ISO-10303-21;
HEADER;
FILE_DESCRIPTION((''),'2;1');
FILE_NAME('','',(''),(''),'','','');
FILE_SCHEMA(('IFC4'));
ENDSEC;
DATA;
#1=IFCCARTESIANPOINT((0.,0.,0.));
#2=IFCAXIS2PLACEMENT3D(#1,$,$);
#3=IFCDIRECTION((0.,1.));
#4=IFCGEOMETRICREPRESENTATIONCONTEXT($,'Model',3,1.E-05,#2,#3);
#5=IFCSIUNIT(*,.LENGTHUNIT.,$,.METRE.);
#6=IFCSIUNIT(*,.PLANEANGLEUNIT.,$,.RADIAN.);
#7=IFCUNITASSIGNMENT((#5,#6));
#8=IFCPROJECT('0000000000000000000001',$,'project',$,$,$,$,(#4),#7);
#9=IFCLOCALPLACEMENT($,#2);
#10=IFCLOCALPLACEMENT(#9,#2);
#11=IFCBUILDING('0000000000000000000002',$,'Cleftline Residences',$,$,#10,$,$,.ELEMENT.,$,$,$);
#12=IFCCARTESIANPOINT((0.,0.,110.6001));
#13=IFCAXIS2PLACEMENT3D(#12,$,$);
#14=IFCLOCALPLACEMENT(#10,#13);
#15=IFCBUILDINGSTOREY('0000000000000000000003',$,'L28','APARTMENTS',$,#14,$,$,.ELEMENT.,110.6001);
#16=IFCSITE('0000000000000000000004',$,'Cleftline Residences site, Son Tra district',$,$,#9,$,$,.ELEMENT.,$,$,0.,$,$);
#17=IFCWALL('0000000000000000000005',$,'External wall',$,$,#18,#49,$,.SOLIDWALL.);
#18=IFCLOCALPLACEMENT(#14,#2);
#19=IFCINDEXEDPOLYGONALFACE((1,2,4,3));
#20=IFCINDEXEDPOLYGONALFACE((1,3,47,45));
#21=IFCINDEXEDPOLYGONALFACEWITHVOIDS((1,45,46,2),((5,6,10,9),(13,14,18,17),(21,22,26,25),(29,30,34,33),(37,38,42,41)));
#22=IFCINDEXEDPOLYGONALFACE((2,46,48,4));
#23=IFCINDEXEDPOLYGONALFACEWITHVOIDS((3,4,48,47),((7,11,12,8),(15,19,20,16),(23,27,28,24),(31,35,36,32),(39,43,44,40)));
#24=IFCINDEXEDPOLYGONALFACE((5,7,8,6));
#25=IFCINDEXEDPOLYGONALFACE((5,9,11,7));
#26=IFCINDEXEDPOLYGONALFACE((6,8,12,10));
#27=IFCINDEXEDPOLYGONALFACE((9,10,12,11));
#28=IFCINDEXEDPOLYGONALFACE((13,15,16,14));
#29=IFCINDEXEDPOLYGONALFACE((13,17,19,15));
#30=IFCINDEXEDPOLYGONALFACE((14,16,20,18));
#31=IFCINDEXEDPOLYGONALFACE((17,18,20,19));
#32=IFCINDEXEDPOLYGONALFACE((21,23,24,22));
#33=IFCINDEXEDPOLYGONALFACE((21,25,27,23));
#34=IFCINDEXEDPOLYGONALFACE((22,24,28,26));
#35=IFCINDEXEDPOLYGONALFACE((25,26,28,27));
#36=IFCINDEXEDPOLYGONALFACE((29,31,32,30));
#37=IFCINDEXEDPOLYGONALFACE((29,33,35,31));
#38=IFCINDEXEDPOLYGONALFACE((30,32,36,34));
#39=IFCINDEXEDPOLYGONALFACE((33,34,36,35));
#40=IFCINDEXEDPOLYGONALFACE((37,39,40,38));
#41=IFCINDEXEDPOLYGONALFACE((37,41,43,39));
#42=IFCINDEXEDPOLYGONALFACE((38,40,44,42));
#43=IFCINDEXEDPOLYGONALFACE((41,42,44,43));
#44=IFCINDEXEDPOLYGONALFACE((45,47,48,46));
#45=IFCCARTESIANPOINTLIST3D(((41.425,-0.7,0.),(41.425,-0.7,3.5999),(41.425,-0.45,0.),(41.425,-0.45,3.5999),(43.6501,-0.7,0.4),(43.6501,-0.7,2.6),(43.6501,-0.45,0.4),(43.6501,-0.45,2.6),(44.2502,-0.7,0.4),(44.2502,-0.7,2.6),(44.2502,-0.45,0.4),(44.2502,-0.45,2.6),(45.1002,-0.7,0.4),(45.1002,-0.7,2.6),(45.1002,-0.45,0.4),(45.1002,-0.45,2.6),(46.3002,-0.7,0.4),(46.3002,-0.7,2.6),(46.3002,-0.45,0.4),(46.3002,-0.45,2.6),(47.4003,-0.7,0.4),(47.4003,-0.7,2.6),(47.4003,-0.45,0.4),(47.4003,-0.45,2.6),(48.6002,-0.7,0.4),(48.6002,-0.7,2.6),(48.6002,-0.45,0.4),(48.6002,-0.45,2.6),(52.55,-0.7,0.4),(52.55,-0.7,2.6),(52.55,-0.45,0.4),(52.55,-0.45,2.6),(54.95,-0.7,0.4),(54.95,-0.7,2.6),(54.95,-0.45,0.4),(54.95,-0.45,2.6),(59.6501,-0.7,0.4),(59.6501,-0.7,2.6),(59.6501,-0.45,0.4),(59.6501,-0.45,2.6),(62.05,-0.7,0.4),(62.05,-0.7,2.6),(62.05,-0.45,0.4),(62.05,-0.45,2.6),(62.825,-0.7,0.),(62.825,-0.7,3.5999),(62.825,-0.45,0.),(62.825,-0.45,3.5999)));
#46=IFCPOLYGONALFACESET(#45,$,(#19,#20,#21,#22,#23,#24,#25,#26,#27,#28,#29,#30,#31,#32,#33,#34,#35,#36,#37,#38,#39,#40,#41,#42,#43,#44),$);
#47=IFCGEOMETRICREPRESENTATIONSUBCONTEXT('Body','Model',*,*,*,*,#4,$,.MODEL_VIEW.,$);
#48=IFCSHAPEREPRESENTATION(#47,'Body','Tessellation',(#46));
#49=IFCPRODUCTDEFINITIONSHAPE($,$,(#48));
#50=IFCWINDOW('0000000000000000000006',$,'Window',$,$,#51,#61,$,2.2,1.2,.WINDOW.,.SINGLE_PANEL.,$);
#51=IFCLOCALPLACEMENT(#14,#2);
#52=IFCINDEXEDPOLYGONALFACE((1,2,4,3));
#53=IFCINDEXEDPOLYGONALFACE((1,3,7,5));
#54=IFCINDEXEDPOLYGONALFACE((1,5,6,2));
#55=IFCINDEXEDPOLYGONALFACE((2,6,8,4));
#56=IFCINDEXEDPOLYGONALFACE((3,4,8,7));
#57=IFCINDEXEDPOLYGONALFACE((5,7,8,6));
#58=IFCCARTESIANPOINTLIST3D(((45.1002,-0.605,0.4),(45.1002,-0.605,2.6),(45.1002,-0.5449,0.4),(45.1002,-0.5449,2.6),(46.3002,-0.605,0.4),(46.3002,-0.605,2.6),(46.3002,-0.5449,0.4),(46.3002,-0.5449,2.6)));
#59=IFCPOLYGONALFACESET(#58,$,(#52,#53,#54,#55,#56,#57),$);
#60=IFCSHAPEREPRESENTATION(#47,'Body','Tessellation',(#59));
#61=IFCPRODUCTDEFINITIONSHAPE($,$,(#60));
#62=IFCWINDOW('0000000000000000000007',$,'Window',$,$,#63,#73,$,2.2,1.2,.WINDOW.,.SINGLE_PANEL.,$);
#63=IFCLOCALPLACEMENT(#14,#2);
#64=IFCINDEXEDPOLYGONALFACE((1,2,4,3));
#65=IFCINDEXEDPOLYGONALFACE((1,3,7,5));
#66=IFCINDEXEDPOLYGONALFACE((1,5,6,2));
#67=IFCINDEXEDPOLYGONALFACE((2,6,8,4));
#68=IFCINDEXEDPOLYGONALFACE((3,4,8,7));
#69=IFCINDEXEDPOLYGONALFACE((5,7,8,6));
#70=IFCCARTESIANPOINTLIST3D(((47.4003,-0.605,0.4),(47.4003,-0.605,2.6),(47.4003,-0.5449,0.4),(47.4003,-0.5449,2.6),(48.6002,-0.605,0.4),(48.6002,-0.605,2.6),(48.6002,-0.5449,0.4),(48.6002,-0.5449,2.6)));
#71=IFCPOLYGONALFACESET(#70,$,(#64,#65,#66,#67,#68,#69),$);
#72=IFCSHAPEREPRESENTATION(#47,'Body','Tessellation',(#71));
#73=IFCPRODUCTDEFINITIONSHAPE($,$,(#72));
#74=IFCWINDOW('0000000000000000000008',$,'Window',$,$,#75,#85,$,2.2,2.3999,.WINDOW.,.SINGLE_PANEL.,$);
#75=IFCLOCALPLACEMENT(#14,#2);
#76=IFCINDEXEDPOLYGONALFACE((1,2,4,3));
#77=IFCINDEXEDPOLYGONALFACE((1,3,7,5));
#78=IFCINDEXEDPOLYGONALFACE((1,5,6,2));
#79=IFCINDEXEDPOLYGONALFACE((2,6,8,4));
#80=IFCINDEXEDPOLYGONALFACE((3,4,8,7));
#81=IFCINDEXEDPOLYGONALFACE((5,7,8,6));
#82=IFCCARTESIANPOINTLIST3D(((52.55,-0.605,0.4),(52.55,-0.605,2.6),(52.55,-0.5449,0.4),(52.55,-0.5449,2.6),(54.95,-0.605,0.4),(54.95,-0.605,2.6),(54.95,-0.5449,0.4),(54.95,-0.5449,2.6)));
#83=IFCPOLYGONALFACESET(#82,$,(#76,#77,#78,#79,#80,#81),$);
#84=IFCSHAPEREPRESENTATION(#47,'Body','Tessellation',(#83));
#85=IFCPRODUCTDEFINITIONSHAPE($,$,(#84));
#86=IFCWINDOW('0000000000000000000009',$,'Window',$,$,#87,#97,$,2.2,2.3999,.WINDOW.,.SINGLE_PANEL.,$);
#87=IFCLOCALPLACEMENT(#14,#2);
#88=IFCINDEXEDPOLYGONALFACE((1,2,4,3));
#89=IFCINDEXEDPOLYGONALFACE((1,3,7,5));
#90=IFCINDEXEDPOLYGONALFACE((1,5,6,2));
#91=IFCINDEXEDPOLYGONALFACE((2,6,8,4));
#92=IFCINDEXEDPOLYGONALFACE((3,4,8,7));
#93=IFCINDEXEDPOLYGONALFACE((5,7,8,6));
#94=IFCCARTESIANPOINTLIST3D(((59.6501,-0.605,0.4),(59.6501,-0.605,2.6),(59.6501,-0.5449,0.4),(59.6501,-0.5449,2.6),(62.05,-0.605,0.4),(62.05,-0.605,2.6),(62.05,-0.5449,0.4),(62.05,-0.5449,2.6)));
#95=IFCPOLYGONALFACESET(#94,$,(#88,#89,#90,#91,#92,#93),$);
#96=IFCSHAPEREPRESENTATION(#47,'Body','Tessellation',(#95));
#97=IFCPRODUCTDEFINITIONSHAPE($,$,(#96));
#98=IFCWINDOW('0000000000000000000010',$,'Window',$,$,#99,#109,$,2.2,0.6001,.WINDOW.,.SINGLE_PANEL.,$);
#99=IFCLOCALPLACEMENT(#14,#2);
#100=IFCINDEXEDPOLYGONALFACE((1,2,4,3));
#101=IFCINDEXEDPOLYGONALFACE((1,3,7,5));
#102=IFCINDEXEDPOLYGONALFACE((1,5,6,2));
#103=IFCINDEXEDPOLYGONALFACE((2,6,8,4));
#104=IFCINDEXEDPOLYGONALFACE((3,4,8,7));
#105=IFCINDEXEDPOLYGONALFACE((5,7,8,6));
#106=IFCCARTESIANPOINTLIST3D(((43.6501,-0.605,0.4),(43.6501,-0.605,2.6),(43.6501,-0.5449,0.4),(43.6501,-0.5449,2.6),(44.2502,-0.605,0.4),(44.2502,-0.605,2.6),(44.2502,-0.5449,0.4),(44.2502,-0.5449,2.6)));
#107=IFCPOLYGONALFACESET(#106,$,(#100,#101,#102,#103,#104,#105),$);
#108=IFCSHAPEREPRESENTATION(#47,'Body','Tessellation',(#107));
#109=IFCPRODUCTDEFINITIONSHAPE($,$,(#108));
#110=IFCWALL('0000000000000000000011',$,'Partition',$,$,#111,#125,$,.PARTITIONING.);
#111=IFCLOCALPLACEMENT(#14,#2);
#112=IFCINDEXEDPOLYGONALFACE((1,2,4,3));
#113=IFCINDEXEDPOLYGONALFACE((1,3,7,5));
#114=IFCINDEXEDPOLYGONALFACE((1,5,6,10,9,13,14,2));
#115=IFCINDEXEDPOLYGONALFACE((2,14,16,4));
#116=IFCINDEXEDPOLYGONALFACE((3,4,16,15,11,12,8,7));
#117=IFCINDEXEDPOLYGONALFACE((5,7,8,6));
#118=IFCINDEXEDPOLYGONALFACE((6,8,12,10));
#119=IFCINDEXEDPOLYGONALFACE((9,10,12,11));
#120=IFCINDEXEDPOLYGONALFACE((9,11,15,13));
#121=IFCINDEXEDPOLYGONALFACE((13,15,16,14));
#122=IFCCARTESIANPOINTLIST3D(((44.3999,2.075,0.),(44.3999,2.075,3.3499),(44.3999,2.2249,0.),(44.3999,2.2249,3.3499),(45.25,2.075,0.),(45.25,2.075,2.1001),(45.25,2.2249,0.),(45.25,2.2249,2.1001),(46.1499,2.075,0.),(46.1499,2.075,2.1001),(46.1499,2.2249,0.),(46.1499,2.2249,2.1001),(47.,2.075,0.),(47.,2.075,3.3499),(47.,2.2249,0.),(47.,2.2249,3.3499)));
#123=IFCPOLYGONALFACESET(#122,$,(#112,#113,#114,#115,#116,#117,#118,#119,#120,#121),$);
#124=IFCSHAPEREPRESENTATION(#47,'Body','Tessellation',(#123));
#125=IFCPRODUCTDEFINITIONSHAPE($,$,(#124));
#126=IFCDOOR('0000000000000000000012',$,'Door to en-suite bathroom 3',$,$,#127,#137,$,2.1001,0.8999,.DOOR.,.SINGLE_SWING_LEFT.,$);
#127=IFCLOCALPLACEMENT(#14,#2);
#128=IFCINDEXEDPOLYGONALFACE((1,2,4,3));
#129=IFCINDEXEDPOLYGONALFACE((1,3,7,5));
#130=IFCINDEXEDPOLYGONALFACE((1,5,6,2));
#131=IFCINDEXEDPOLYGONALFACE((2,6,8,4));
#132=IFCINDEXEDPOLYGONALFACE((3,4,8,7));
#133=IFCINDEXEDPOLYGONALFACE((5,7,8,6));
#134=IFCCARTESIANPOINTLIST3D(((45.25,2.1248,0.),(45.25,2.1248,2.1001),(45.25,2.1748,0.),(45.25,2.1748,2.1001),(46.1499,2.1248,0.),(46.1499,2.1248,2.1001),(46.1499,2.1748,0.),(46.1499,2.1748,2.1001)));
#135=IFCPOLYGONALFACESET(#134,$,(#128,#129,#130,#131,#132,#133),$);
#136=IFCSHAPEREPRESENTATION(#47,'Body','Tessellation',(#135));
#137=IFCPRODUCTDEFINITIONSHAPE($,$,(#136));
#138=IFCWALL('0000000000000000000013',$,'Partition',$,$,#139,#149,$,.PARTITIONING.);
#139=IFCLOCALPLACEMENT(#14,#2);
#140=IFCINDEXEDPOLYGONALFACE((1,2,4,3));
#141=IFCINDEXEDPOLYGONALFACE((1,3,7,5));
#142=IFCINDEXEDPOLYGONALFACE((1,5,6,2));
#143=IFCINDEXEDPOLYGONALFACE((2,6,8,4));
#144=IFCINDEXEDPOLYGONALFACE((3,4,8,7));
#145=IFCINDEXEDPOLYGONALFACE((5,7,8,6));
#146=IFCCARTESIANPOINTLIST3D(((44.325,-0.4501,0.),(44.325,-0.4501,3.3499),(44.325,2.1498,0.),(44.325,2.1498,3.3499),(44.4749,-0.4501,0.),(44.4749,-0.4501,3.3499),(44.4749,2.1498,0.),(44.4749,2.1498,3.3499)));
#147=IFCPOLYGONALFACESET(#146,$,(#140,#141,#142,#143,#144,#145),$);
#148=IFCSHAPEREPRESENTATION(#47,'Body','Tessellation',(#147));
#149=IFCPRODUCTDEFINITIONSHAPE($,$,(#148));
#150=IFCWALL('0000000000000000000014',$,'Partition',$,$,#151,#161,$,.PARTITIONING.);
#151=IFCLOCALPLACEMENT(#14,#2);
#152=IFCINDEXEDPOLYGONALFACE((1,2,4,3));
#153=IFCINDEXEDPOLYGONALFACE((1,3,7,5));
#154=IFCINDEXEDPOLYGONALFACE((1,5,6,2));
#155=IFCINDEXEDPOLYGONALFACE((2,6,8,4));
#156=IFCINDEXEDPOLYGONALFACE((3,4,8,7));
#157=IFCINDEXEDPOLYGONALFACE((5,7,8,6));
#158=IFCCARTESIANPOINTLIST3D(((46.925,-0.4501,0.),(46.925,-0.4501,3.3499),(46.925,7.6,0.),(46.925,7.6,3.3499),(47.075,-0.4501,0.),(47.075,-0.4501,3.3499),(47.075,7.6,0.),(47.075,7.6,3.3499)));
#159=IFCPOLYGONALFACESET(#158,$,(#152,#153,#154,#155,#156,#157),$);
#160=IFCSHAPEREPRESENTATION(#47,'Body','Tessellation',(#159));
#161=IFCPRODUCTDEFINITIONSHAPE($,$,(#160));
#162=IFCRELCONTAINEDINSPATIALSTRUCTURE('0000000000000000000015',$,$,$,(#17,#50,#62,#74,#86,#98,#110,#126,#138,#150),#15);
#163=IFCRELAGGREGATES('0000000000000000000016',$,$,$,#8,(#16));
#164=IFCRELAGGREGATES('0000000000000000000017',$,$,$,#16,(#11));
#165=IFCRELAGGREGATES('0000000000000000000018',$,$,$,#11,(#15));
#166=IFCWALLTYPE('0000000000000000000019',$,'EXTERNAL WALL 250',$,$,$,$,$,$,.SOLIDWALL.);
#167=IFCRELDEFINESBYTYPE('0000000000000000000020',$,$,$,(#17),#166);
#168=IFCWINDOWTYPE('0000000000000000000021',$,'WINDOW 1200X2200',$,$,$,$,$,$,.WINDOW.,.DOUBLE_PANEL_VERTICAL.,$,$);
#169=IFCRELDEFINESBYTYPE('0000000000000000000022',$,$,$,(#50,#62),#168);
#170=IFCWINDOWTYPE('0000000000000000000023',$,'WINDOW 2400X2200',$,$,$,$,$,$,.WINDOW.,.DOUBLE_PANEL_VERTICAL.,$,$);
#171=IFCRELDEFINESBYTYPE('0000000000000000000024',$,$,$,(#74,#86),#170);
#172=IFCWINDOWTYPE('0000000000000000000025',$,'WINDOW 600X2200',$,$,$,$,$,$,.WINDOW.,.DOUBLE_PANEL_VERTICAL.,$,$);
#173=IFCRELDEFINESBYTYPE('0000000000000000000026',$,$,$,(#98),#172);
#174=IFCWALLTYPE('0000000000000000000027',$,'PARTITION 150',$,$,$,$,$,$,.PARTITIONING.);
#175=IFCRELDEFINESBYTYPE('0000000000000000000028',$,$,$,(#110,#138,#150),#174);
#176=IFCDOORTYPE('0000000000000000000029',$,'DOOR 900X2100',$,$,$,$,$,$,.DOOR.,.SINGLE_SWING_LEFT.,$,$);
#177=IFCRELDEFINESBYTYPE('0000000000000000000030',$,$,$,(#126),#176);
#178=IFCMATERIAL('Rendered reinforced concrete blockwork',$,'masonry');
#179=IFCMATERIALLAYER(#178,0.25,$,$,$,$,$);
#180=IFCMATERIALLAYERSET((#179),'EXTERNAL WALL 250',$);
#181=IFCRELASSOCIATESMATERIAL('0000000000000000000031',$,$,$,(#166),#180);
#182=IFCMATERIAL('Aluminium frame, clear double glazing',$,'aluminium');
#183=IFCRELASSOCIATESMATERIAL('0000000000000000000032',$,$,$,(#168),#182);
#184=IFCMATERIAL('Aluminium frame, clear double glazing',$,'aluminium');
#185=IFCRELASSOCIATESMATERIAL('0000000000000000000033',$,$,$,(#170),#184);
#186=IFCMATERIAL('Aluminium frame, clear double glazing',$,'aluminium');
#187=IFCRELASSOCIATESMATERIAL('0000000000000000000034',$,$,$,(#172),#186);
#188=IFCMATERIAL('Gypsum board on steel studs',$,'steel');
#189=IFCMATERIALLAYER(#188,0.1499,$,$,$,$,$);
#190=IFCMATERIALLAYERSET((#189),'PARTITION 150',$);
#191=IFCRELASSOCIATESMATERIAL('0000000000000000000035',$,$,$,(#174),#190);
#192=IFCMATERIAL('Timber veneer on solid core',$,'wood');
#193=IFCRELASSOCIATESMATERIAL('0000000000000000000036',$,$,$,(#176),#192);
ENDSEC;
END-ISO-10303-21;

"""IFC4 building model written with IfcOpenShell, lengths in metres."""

from ifc_helpers import new_model, si_unit, direction, frame, frame_2d, origin, place, context, subcontext, project, spatial, rectangle, extrude, material, layer, layer_set, type_object, element, fill, save


model = new_model("IFC4")

# Units and contexts
model_context = context("Model", 3, precision=1e-05, world=origin(), true_north=direction((0.0, 1.0)))
body_context = subcontext(model_context, "Body", "Model", "MODEL_VIEW")
ifc_project = project(units=[si_unit("LENGTHUNIT", "METRE"), si_unit("PLANEANGLEUNIT", "RADIAN")], contexts=[model_context])

# Site, building, storey
site_placement = place(None, origin())
site = spatial("IfcSite", under=ifc_project, at=site_placement, Name="Cleftline Residences site, Son Tra district", CompositionType="ELEMENT", RefElevation=0.0)
building_placement = place(site_placement, origin())
building = spatial("IfcBuilding", under=site, at=building_placement, Name="Cleftline Residences", CompositionType="ELEMENT")
storey_placement = place(building_placement, frame((0.0, 0.0, 110.6001)))
storey = spatial("IfcBuildingStorey", under=building, at=storey_placement, Name="L28", Description="APARTMENTS", CompositionType="ELEMENT", Elevation=110.6001)

# Wall, openings, windows
ifc_material_1 = material(Name="Rendered reinforced concrete blockwork", Category="masonry")
ifc_layer_1 = layer(ifc_material_1, 0.25)
ifc_layer_set_1 = layer_set([ifc_layer_1], Name="EXTERNAL WALL 250")
wall_type_1 = type_object("IfcWallType", Name="EXTERNAL WALL 250", PredefinedType="SOLIDWALL", material=ifc_layer_set_1)
wall_1_placement = place(storey_placement, frame((41.425, -0.575, 0.0), z_axis=(0.0, 0.0, 1.0), x_axis=(1.0, 0.0, 0.0)))
wall_1 = element("IfcWall", 1, at=wall_1_placement, inside=storey, type_object=wall_type_1, Name="External wall", PredefinedType="SOLIDWALL", context=body_context, shape_type="SweptSolid", body=[
    extrude(rectangle(XDim=21.3999, YDim=0.25, at=frame_2d((10.7, 0.0))), origin(), (0.0, 0.0, 1.0), 3.5999),
])
opening_1_placement = place(wall_1_placement, frame((2.2251, 0.0, 0.3999)))
opening_1 = element("IfcOpeningElement", 2, at=opening_1_placement, cuts=wall_1, PredefinedType="OPENING", context=body_context, shape_type="SweptSolid", body=[
    extrude(rectangle(XDim=0.6001, YDim=2.2, at=frame_2d((0.3, 1.1001))), frame((0.0, 0.135, 0.0), z_axis=(0.0, -1.0, 0.0), x_axis=(1.0, 0.0, 0.0)), (0.0, 0.0, 1.0), 0.27),
])
opening_2_placement = place(wall_1_placement, frame((3.675, 0.0, 0.3999)))
opening_2 = element("IfcOpeningElement", 3, at=opening_2_placement, cuts=wall_1, PredefinedType="OPENING", context=body_context, shape_type="SweptSolid", body=[
    extrude(rectangle(XDim=1.2, YDim=2.2, at=frame_2d((0.6001, 1.1001))), frame((0.0, 0.135, 0.0), z_axis=(0.0, -1.0, 0.0), x_axis=(1.0, 0.0, 0.0)), (0.0, 0.0, 1.0), 0.27),
])
opening_3_placement = place(wall_1_placement, frame((5.9751, 0.0, 0.3999)))
opening_3 = element("IfcOpeningElement", 4, at=opening_3_placement, cuts=wall_1, PredefinedType="OPENING", context=body_context, shape_type="SweptSolid", body=[
    extrude(rectangle(XDim=1.2, YDim=2.2, at=frame_2d((0.6001, 1.1001))), frame((0.0, 0.135, 0.0), z_axis=(0.0, -1.0, 0.0), x_axis=(1.0, 0.0, 0.0)), (0.0, 0.0, 1.0), 0.27),
])
opening_4_placement = place(wall_1_placement, frame((11.125, 0.0, 0.3999)))
opening_4 = element("IfcOpeningElement", 5, at=opening_4_placement, cuts=wall_1, PredefinedType="OPENING", context=body_context, shape_type="SweptSolid", body=[
    extrude(rectangle(XDim=2.3999, YDim=2.2, at=frame_2d((1.2, 1.1001))), frame((0.0, 0.135, 0.0), z_axis=(0.0, -1.0, 0.0), x_axis=(1.0, 0.0, 0.0)), (0.0, 0.0, 1.0), 0.27),
])
opening_5_placement = place(wall_1_placement, frame((18.2251, 0.0, 0.3999)))
opening_5 = element("IfcOpeningElement", 6, at=opening_5_placement, cuts=wall_1, PredefinedType="OPENING", context=body_context, shape_type="SweptSolid", body=[
    extrude(rectangle(XDim=2.3999, YDim=2.2, at=frame_2d((1.2, 1.1001))), frame((0.0, 0.135, 0.0), z_axis=(0.0, -1.0, 0.0), x_axis=(1.0, 0.0, 0.0)), (0.0, 0.0, 1.0), 0.27),
])
ifc_material_2 = material(Name="Aluminium frame, clear double glazing", Category="aluminium")
window_type_1 = type_object("IfcWindowType", Name="WINDOW 1200X2200", PartitioningType="DOUBLE_PANEL_VERTICAL", PredefinedType="WINDOW", material=ifc_material_2)
window_1_placement = place(opening_2_placement, origin())
window_1 = element("IfcWindow", 7, at=window_1_placement, inside=storey, type_object=window_type_1, Name="Window", OverallHeight=2.2, OverallWidth=1.2, PartitioningType="SINGLE_PANEL", PredefinedType="WINDOW", context=body_context, shape_type="SweptSolid", body=[
    extrude(rectangle(XDim=1.2, YDim=2.2, at=frame_2d((0.6001, 1.1001))), frame((0.0, 0.03, 0.0), z_axis=(0.0, -1.0, 0.0), x_axis=(1.0, 0.0, 0.0)), (0.0, 0.0, 1.0), 0.0601),
])
fill(opening_2, window_1)
window_2_placement = place(opening_3_placement, origin())
window_2 = element("IfcWindow", 8, at=window_2_placement, inside=storey, type_object=window_type_1, Name="Window", OverallHeight=2.2, OverallWidth=1.2, PartitioningType="SINGLE_PANEL", PredefinedType="WINDOW", context=body_context, shape_type="SweptSolid", body=[
    extrude(rectangle(XDim=1.2, YDim=2.2, at=frame_2d((0.6001, 1.1001))), frame((0.0, 0.03, 0.0), z_axis=(0.0, -1.0, 0.0), x_axis=(1.0, 0.0, 0.0)), (0.0, 0.0, 1.0), 0.0601),
])
fill(opening_3, window_2)
ifc_material_3 = material(Name="Aluminium frame, clear double glazing", Category="aluminium")
window_type_2 = type_object("IfcWindowType", Name="WINDOW 2400X2200", PartitioningType="DOUBLE_PANEL_VERTICAL", PredefinedType="WINDOW", material=ifc_material_3)
window_3_placement = place(opening_4_placement, origin())
window_3 = element("IfcWindow", 9, at=window_3_placement, inside=storey, type_object=window_type_2, Name="Window", OverallHeight=2.2, OverallWidth=2.3999, PartitioningType="SINGLE_PANEL", PredefinedType="WINDOW", context=body_context, shape_type="SweptSolid", body=[
    extrude(rectangle(XDim=2.3999, YDim=2.2, at=frame_2d((1.2, 1.1001))), frame((0.0, 0.03, 0.0), z_axis=(0.0, -1.0, 0.0), x_axis=(1.0, 0.0, 0.0)), (0.0, 0.0, 1.0), 0.0601),
])
fill(opening_4, window_3)
window_4_placement = place(opening_5_placement, origin())
window_4 = element("IfcWindow", 10, at=window_4_placement, inside=storey, type_object=window_type_2, Name="Window", OverallHeight=2.2, OverallWidth=2.3999, PartitioningType="SINGLE_PANEL", PredefinedType="WINDOW", context=body_context, shape_type="SweptSolid", body=[
    extrude(rectangle(XDim=2.3999, YDim=2.2, at=frame_2d((1.2, 1.1001))), frame((0.0, 0.03, 0.0), z_axis=(0.0, -1.0, 0.0), x_axis=(1.0, 0.0, 0.0)), (0.0, 0.0, 1.0), 0.0601),
])
fill(opening_5, window_4)
ifc_material_4 = material(Name="Aluminium frame, clear double glazing", Category="aluminium")
window_type_3 = type_object("IfcWindowType", Name="WINDOW 600X2200", PartitioningType="DOUBLE_PANEL_VERTICAL", PredefinedType="WINDOW", material=ifc_material_4)
window_5_placement = place(opening_1_placement, origin())
window_5 = element("IfcWindow", 11, at=window_5_placement, inside=storey, type_object=window_type_3, Name="Window", OverallHeight=2.2, OverallWidth=0.6001, PartitioningType="SINGLE_PANEL", PredefinedType="WINDOW", context=body_context, shape_type="SweptSolid", body=[
    extrude(rectangle(XDim=0.6001, YDim=2.2, at=frame_2d((0.3, 1.1001))), frame((0.0, 0.03, 0.0), z_axis=(0.0, -1.0, 0.0), x_axis=(1.0, 0.0, 0.0)), (0.0, 0.0, 1.0), 0.0601),
])
fill(opening_1, window_5)

# Wall, opening, door
ifc_material_5 = material(Name="Gypsum board on steel studs", Category="steel")
ifc_layer_2 = layer(ifc_material_5, 0.1499)
ifc_layer_set_2 = layer_set([ifc_layer_2], Name="PARTITION 150")
wall_type_2 = type_object("IfcWallType", Name="PARTITION 150", PredefinedType="PARTITIONING", material=ifc_layer_set_2)
wall_2_placement = place(storey_placement, frame((44.3999, 2.1499, 0.0), z_axis=(0.0, 0.0, 1.0), x_axis=(1.0, 0.0, 0.0)))
wall_2 = element("IfcWall", 12, at=wall_2_placement, inside=storey, type_object=wall_type_2, Name="Partition", PredefinedType="PARTITIONING", context=body_context, shape_type="SweptSolid", body=[
    extrude(rectangle(XDim=2.6001, YDim=0.1499, at=frame_2d((1.3, 0.0))), origin(), (0.0, 0.0, 1.0), 3.3499),
])
opening_6_placement = place(wall_2_placement, frame((0.8501, 0.0, 0.0)))
opening_6 = element("IfcOpeningElement", 13, at=opening_6_placement, cuts=wall_2, PredefinedType="OPENING", context=body_context, shape_type="SweptSolid", body=[
    extrude(rectangle(XDim=0.8999, YDim=2.1001, at=frame_2d((0.45, 1.05))), frame((0.0, 0.085, 0.0), z_axis=(0.0, -1.0, 0.0), x_axis=(1.0, 0.0, 0.0)), (0.0, 0.0, 1.0), 0.1699),
])
ifc_material_6 = material(Name="Timber veneer on solid core", Category="wood")
door_type = type_object("IfcDoorType", Name="DOOR 900X2100", OperationType="SINGLE_SWING_LEFT", PredefinedType="DOOR", material=ifc_material_6)
door_placement = place(opening_6_placement, origin())
door = element("IfcDoor", 14, at=door_placement, inside=storey, type_object=door_type, Name="Door to en-suite bathroom 3", OperationType="SINGLE_SWING_LEFT", OverallHeight=2.1001, OverallWidth=0.8999, PredefinedType="DOOR", context=body_context, shape_type="SweptSolid", body=[
    extrude(rectangle(XDim=0.8999, YDim=2.1001, at=frame_2d((0.45, 1.05))), frame((0.0, 0.0249, 0.0), z_axis=(0.0, -1.0, 0.0), x_axis=(1.0, 0.0, 0.0)), (0.0, 0.0, 1.0), 0.05),
])
fill(opening_6, door)

# Walls
wall_3_placement = place(storey_placement, frame((44.3999, -0.45, 0.0), z_axis=(0.0, 0.0, 1.0), x_axis=(0.0, 1.0, 0.0)))
element("IfcWall", 15, at=wall_3_placement, inside=storey, type_object=wall_type_2, Name="Partition", PredefinedType="PARTITIONING", context=body_context, shape_type="SweptSolid", body=[
    extrude(rectangle(XDim=2.5999, YDim=0.1499, at=frame_2d((1.2998, 0.0))), origin(), (0.0, 0.0, 1.0), 3.3499),
])
wall_4_placement = place(storey_placement, frame((47.0, -0.45, 0.0), z_axis=(0.0, 0.0, 1.0), x_axis=(0.0, 1.0, 0.0)))
element("IfcWall", 16, at=wall_4_placement, inside=storey, type_object=wall_type_2, Name="Partition", PredefinedType="PARTITIONING", context=body_context, shape_type="SweptSolid", body=[
    extrude(rectangle(XDim=8.05, YDim=0.1499, at=frame_2d((4.0249, 0.0))), origin(), (0.0, 0.0, 1.0), 3.3499),
])

save(model, "model.ifc")
